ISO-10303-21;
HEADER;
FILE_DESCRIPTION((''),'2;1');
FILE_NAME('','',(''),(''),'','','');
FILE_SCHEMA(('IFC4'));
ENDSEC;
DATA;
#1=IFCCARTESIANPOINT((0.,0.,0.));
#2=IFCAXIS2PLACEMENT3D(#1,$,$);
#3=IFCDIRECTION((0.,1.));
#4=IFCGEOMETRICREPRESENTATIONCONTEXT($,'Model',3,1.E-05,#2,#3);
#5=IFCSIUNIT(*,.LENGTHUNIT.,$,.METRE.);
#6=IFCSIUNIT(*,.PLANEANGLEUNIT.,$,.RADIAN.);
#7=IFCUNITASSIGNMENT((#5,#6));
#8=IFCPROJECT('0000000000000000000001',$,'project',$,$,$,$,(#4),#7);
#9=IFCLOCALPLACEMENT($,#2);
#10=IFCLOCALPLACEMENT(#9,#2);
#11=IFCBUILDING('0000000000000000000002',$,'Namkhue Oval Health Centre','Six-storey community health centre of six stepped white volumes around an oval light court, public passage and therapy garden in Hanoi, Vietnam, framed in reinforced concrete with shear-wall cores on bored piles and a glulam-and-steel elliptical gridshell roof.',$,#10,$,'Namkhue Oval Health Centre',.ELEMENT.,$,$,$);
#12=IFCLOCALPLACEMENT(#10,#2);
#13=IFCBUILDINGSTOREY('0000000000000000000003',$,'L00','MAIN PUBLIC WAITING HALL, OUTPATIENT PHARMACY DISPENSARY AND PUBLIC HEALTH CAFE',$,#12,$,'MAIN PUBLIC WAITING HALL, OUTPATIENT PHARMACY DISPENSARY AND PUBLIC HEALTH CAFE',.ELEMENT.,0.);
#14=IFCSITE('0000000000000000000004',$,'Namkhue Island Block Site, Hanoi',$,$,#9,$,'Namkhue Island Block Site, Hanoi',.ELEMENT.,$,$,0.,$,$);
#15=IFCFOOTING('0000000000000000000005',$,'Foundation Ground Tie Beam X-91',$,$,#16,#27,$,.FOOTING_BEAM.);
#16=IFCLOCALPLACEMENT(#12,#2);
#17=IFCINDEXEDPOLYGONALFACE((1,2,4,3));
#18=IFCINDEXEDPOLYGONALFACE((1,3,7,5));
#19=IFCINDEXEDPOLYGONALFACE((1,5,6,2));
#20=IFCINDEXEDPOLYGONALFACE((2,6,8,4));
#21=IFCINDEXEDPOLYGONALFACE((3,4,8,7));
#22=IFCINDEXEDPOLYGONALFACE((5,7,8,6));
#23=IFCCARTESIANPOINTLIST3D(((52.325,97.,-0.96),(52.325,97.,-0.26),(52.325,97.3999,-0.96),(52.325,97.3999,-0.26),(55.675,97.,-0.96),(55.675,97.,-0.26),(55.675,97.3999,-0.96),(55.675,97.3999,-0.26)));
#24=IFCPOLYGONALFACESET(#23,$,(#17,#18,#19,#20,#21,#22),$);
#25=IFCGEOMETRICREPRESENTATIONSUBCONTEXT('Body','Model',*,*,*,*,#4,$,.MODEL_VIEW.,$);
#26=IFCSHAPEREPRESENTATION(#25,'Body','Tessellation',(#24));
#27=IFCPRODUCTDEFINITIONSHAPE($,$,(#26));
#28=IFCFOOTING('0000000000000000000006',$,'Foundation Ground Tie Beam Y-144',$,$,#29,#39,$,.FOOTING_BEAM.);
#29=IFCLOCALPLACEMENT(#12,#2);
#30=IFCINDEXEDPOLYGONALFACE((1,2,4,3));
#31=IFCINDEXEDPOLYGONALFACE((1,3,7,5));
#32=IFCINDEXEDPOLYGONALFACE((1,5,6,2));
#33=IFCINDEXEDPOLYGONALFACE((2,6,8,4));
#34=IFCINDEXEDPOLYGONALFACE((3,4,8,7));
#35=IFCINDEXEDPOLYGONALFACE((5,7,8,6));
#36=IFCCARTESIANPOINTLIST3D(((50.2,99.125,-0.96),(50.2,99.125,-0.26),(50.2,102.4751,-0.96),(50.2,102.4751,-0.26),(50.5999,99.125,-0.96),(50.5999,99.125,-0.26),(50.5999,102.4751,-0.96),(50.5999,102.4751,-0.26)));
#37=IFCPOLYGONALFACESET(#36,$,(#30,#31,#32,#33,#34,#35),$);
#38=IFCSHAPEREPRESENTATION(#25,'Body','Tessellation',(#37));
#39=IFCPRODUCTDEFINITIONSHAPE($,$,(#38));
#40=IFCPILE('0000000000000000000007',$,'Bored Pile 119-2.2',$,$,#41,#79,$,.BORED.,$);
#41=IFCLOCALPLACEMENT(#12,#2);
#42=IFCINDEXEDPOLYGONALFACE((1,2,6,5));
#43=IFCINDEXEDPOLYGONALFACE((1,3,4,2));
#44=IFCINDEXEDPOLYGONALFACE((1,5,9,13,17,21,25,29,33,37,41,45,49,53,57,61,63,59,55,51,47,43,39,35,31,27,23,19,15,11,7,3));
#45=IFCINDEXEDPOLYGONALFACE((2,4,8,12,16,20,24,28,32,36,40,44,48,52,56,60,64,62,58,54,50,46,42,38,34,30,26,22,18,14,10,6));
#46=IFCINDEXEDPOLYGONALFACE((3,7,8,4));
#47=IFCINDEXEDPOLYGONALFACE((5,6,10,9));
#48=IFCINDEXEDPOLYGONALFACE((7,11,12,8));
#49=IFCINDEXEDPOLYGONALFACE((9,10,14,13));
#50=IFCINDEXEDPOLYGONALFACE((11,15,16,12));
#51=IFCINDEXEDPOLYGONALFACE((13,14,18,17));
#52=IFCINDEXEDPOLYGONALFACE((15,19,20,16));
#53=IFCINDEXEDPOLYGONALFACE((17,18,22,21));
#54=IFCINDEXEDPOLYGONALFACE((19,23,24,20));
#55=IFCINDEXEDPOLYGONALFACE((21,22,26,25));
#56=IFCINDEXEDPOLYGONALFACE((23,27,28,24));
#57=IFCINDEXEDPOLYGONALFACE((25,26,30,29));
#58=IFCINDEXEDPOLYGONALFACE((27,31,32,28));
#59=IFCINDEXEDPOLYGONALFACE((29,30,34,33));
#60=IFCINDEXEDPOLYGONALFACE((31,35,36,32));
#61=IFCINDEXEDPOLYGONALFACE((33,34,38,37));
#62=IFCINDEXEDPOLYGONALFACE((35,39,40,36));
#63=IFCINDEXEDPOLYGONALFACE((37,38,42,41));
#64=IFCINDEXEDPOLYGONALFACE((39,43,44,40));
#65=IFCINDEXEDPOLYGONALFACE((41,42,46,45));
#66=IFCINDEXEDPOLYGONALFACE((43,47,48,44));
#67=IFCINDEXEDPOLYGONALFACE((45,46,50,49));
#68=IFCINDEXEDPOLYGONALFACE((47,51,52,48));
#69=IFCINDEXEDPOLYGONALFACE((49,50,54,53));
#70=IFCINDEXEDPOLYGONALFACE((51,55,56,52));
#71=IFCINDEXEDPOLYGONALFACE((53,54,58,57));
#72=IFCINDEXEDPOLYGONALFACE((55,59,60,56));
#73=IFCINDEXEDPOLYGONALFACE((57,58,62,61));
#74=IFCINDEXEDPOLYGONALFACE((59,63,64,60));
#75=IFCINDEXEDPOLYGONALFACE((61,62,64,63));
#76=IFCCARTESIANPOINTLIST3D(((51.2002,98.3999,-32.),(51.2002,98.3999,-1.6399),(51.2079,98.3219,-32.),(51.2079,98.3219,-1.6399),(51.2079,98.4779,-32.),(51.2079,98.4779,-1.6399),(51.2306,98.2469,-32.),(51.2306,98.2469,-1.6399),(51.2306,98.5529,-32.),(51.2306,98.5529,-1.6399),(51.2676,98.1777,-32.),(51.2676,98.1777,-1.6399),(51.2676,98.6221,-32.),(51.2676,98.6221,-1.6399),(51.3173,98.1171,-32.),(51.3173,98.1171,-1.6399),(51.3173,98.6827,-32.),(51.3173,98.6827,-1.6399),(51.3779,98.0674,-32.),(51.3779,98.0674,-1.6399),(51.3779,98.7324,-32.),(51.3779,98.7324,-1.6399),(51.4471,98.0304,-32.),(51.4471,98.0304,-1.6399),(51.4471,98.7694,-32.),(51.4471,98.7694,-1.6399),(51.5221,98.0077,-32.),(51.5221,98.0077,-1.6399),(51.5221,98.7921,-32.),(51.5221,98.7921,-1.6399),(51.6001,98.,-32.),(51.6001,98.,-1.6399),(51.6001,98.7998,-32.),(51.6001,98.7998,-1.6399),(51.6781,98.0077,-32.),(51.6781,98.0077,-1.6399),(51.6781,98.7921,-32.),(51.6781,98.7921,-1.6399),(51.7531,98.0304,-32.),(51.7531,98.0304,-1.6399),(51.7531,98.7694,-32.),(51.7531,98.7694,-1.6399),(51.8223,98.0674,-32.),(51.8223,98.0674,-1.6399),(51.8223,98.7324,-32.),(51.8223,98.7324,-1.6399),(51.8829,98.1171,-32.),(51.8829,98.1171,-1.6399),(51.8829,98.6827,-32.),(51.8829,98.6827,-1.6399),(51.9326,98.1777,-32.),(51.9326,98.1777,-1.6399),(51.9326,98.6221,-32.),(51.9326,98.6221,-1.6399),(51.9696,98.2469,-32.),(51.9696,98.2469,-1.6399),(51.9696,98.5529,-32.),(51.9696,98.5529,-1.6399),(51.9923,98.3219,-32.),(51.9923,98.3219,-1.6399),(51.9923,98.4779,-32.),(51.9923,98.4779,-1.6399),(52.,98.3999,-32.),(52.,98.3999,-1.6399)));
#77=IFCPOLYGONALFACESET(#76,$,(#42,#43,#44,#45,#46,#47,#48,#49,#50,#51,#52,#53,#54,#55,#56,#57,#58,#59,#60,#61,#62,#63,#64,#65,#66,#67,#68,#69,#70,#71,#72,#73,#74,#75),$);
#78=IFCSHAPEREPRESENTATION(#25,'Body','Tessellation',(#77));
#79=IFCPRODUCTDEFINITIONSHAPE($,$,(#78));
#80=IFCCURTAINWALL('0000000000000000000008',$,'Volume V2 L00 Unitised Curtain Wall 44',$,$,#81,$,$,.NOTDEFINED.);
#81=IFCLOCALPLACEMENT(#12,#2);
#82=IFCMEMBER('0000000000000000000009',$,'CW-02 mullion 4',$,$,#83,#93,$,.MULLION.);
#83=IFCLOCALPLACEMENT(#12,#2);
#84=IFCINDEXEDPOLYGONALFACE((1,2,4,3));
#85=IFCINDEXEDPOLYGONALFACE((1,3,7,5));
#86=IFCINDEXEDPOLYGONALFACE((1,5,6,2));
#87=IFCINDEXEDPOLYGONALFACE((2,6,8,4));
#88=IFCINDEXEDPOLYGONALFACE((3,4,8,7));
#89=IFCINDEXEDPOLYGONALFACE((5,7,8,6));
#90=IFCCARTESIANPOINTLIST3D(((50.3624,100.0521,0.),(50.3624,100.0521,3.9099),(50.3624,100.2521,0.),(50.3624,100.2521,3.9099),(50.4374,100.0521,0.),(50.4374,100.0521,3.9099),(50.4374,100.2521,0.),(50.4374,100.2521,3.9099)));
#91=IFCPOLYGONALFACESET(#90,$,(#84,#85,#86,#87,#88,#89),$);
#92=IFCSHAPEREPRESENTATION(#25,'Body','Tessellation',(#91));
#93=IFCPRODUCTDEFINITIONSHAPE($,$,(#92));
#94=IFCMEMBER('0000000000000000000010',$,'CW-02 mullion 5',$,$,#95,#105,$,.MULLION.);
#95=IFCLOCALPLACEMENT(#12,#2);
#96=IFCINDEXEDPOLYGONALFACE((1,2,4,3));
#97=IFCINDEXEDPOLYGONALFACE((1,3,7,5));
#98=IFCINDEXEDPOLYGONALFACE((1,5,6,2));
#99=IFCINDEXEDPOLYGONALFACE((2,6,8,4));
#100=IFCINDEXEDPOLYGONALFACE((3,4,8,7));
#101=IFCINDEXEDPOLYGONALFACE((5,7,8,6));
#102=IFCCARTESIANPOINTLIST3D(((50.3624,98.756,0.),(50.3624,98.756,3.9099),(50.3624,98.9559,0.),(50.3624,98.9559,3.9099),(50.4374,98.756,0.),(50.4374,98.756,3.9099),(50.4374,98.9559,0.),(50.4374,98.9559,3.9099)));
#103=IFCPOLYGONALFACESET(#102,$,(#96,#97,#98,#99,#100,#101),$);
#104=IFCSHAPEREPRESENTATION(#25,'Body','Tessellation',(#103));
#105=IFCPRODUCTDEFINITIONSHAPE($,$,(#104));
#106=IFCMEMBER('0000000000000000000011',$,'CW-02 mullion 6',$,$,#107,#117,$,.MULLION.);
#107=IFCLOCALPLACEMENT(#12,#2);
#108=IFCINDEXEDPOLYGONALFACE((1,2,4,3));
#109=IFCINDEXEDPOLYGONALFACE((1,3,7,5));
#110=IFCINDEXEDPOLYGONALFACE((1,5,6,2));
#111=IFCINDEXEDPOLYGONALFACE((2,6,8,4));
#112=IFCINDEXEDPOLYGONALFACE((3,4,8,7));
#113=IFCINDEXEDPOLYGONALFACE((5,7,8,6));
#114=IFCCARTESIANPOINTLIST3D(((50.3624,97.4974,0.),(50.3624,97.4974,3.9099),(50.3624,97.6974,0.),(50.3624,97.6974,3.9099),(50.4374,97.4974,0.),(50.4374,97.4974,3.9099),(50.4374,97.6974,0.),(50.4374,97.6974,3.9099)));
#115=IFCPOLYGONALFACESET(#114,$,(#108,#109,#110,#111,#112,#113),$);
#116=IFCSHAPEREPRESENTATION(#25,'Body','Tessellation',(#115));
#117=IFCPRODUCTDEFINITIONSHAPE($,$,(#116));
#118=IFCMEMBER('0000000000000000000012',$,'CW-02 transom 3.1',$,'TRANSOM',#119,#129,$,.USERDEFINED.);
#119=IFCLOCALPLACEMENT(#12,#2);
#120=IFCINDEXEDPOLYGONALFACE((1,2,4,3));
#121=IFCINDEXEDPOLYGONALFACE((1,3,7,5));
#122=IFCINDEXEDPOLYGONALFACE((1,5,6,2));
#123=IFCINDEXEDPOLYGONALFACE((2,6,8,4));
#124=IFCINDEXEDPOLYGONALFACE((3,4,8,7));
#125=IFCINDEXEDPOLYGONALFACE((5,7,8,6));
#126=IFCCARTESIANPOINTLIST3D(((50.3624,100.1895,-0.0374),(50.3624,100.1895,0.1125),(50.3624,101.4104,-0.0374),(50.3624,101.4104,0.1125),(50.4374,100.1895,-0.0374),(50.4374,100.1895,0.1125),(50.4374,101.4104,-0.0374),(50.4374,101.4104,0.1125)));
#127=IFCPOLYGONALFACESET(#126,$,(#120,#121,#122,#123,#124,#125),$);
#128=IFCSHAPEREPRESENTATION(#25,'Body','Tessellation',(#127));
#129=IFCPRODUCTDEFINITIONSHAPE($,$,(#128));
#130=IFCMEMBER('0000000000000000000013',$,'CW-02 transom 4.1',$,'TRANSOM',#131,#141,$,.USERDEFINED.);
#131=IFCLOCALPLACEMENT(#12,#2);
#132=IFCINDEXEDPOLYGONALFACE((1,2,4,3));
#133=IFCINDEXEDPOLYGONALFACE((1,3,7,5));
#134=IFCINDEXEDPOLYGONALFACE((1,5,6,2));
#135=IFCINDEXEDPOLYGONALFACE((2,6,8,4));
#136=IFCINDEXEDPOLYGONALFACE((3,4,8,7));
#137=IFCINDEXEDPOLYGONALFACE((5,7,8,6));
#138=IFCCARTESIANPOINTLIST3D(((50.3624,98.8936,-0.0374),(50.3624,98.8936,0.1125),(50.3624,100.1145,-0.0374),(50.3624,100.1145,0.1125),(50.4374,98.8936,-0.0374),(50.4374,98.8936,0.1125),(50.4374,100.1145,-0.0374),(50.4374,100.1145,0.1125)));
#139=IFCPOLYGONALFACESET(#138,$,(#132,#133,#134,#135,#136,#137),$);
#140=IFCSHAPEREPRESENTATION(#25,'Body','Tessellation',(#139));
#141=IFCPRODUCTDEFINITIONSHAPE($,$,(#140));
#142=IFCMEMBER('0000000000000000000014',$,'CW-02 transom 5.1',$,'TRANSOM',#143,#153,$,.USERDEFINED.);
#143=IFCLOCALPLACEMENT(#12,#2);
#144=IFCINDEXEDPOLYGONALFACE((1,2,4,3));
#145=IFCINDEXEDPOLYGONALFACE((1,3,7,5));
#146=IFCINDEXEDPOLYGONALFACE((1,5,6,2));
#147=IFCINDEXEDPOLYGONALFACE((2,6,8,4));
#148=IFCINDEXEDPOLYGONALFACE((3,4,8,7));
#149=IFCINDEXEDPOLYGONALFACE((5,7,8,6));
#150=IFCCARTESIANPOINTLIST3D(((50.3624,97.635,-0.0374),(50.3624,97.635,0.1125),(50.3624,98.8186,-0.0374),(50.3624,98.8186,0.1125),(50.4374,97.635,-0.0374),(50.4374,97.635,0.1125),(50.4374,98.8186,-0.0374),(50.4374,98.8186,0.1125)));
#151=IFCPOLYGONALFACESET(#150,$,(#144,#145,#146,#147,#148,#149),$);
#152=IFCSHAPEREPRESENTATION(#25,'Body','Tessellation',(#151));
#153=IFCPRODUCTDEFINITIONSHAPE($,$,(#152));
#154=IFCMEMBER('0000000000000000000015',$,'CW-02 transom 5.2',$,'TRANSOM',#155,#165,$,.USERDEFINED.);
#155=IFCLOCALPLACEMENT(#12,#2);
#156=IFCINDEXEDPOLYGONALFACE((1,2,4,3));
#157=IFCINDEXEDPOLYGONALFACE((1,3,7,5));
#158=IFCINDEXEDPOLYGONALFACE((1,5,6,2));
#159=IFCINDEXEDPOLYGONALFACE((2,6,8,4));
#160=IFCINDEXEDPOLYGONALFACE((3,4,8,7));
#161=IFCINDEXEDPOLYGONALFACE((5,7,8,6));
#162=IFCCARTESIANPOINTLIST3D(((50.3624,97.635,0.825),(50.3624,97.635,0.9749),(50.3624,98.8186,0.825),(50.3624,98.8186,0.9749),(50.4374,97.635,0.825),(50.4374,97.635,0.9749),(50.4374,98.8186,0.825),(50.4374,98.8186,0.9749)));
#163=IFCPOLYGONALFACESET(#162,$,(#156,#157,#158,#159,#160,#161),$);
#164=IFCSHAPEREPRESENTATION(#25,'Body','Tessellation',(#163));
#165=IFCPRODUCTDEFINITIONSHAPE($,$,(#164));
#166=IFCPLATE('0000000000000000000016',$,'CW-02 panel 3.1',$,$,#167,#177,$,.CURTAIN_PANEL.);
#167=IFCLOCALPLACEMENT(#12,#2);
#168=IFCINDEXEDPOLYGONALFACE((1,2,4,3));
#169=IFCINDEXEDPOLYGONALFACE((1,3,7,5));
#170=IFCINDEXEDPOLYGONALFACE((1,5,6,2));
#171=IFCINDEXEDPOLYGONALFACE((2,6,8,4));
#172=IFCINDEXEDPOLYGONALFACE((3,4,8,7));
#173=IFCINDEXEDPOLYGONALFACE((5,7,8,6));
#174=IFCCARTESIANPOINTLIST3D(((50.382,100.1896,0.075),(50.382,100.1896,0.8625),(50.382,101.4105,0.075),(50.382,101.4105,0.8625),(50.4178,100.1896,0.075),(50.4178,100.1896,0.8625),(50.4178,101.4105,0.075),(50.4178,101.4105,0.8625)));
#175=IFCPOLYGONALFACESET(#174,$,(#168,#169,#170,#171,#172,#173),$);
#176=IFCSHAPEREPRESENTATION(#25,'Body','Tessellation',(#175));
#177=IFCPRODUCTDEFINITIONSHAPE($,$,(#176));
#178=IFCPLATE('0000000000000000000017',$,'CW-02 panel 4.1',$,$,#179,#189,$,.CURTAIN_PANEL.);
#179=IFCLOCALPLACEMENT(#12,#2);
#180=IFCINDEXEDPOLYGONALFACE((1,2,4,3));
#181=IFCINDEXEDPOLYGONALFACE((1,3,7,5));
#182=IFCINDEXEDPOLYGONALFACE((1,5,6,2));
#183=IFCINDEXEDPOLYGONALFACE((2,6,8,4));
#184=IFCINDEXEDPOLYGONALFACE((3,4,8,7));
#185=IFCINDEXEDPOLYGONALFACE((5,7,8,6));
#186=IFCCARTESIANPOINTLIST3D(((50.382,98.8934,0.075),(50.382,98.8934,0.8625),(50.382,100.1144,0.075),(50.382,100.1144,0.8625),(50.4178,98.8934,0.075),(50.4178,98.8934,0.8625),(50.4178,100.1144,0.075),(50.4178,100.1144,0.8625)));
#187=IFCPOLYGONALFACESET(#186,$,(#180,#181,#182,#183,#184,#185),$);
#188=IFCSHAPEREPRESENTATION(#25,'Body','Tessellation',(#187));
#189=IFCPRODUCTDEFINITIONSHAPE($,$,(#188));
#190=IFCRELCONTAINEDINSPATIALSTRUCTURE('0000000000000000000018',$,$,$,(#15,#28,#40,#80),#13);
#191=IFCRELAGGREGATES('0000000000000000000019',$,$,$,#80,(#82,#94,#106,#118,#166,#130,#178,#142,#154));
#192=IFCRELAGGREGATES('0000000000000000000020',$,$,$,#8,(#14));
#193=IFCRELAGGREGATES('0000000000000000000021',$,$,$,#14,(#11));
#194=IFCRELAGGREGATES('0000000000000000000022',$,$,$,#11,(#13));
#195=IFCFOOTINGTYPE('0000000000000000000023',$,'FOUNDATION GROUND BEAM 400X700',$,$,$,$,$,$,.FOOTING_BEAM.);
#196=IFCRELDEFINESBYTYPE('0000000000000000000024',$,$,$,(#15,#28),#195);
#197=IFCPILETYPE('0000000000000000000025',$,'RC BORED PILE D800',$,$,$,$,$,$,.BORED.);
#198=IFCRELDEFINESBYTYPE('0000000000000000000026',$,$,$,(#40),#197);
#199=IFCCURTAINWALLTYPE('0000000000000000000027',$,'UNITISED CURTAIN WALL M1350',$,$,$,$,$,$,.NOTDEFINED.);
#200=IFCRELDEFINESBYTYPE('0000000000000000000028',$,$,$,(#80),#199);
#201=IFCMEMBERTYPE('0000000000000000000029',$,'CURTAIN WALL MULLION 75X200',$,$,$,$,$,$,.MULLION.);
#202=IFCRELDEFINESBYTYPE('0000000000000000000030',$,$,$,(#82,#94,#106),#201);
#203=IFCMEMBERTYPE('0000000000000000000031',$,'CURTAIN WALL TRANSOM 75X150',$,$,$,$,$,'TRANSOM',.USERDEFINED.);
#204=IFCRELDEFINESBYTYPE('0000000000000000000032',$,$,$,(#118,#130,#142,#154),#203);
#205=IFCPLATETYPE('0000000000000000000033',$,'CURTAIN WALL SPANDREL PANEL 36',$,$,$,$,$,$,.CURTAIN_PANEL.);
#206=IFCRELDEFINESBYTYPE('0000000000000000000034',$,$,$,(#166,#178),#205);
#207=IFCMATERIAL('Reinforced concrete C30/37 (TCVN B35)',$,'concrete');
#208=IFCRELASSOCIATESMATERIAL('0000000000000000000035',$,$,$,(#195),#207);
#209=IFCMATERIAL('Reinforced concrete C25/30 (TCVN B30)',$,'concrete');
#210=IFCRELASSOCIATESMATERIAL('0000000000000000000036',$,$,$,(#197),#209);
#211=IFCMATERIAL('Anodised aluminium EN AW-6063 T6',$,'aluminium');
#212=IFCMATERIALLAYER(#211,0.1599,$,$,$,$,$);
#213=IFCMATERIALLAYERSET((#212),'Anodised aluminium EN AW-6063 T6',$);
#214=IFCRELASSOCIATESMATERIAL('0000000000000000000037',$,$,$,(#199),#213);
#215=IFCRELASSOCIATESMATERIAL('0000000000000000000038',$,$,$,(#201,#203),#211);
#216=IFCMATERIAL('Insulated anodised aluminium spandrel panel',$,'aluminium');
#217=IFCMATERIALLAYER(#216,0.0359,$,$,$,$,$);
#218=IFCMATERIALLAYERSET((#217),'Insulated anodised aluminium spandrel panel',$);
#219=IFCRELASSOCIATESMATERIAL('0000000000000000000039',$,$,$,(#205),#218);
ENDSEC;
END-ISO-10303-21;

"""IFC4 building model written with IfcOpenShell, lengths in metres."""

from ifc_helpers import new_model, si_unit, direction, frame, origin, origin_2d, place, context, subcontext, project, spatial, rectangle, circle, extrude, material, layer, layer_set, material_profile, profile_set, type_object, element, aggregate, save


model = new_model("IFC4")

# Units and contexts
model_context = context("Model", 3, precision=1e-05, world=origin(), true_north=direction((0.0, 1.0)))
body_context = subcontext(model_context, "Body", "Model", "MODEL_VIEW")
ifc_project = project(units=[si_unit("LENGTHUNIT", "METRE"), si_unit("PLANEANGLEUNIT", "RADIAN")], contexts=[model_context])

# Site, building, storey
site_placement = place(None, origin())
site = spatial("IfcSite", under=ifc_project, at=site_placement, Name="Namkhue Island Block Site, Hanoi", LongName="Namkhue Island Block Site, Hanoi", CompositionType="ELEMENT", RefElevation=0.0)
building_placement = place(site_placement, origin())
building = spatial("IfcBuilding", under=site, at=building_placement, Name="Namkhue Oval Health Centre", Description="Six-storey community health centre of six stepped white volumes around an oval light court, public passage and therapy garden in Hanoi, Vietnam, framed in reinforced concrete with shear-wall cores on bored piles and a glulam-and-steel elliptical gridshell roof.", LongName="Namkhue Oval Health Centre", CompositionType="ELEMENT")
storey_placement = place(building_placement, origin())
storey = spatial("IfcBuildingStorey", under=building, at=storey_placement, Name="L00", Description="MAIN PUBLIC WAITING HALL, OUTPATIENT PHARMACY DISPENSARY AND PUBLIC HEALTH CAFE", LongName="MAIN PUBLIC WAITING HALL, OUTPATIENT PHARMACY DISPENSARY AND PUBLIC HEALTH CAFE", CompositionType="ELEMENT", Elevation=0.0)

# Footings
ifc_material_1 = material(Name="Reinforced concrete C30/37 (TCVN B35)", Category="concrete")
footing_type = type_object("IfcFootingType", Name="FOUNDATION GROUND BEAM 400X700", PredefinedType="FOOTING_BEAM", material=ifc_material_1)
for number, where, z_axis, x_axis, name in (
    (1, (54.0, 97.2, -0.96), (0.0, 0.0, 1.0), (1.0, 0.0, 0.0), "Foundation Ground Tie Beam X-91"),
    (2, (50.3999, 100.8, -0.96), (0.0, 0.0, 1.0), (0.0, 1.0, 0.0), "Foundation Ground Tie Beam Y-144"),
):
    element("IfcFooting", number, at=place(storey_placement, frame(where, z_axis=z_axis, x_axis=x_axis)), inside=storey, type_object=footing_type, Name=name, PredefinedType="FOOTING_BEAM", context=body_context, shape_type="SweptSolid", body=[
        extrude(rectangle(XDim=3.3501, YDim=0.3999, at=origin_2d()), origin(), (0.0, 0.0, 1.0), 0.7),
    ])

# Pile
ifc_material_2 = material(Name="Reinforced concrete C25/30 (TCVN B30)", Category="concrete")
ifc_material_profile_1 = material_profile(ifc_material_2, circle(Radius=0.3999, at=origin_2d()), Name="BORED PILE D800")
ifc_profile_set_1 = profile_set([ifc_material_profile_1], Name="Reinforced concrete C25/30 (TCVN B30)")
pile_type = type_object("IfcPileType", Name="RC BORED PILE D800", PredefinedType="BORED", material=ifc_profile_set_1)
pile_placement = place(storey_placement, frame((51.6001, 98.3999, -1.6399), z_axis=(0.0, 0.0, -1.0), x_axis=(1.0, 0.0, 0.0)))
element("IfcPile", 3, at=pile_placement, inside=storey, type_object=pile_type, Name="Bored Pile 119-2.2", PredefinedType="BORED", context=body_context, shape_type="SweptSolid", body=[
    extrude(circle(Radius=0.3999, at=origin_2d()), origin(), (0.0, 0.0, 1.0), 30.3601),
])

# Curtain wall, members, plates
ifc_material_3 = material(Name="Anodised aluminium EN AW-6063 T6", Category="aluminium")
ifc_layer_1 = layer(ifc_material_3, 0.1599)
ifc_layer_set_1 = layer_set([ifc_layer_1], Name="Anodised aluminium EN AW-6063 T6")
curtain_wall_type = type_object("IfcCurtainWallType", Name="UNITISED CURTAIN WALL M1350", PredefinedType="NOTDEFINED", material=ifc_layer_set_1)
curtain_wall_placement = place(storey_placement, origin())
curtain_wall = element("IfcCurtainWall", 4, at=curtain_wall_placement, inside=storey, type_object=curtain_wall_type, Name="Volume V2 L00 Unitised Curtain Wall 44", PredefinedType="NOTDEFINED")
ifc_material_profile_2 = material_profile(ifc_material_3, rectangle(XDim=0.075, YDim=0.2, at=origin_2d()), Name="ALU 75x200")
ifc_profile_set_2 = profile_set([ifc_material_profile_2], Name="Anodised aluminium EN AW-6063 T6")
member_type_1 = type_object("IfcMemberType", Name="CURTAIN WALL MULLION 75X200", PredefinedType="MULLION", material=ifc_profile_set_2)
member_1_placement = place(storey_placement, frame((50.3999, 100.1521, 0.0), z_axis=(0.0, 0.0, 1.0), x_axis=(1.0, 0.0, 0.0)))
member_1 = element("IfcMember", 5, at=member_1_placement, type_object=member_type_1, Name="CW-02 mullion 4", PredefinedType="MULLION", context=body_context, shape_type="SweptSolid", body=[
    extrude(rectangle(XDim=0.075, YDim=0.2, at=origin_2d()), origin(), (0.0, 0.0, 1.0), 3.9099),
])
member_2_placement = place(storey_placement, frame((50.3999, 98.856, 0.0), z_axis=(0.0, 0.0, 1.0), x_axis=(1.0, 0.0, 0.0)))
member_2 = element("IfcMember", 6, at=member_2_placement, type_object=member_type_1, Name="CW-02 mullion 5", PredefinedType="MULLION", context=body_context, shape_type="SweptSolid", body=[
    extrude(rectangle(XDim=0.075, YDim=0.2, at=origin_2d()), origin(), (0.0, 0.0, 1.0), 3.9099),
])
member_3_placement = place(storey_placement, frame((50.3999, 97.5974, 0.0), z_axis=(0.0, 0.0, 1.0), x_axis=(1.0, 0.0, 0.0)))
member_3 = element("IfcMember", 7, at=member_3_placement, type_object=member_type_1, Name="CW-02 mullion 6", PredefinedType="MULLION", context=body_context, shape_type="SweptSolid", body=[
    extrude(rectangle(XDim=0.075, YDim=0.2, at=origin_2d()), origin(), (0.0, 0.0, 1.0), 3.9099),
])
ifc_material_profile_3 = material_profile(ifc_material_3, rectangle(XDim=0.075, YDim=0.1499, at=origin_2d()), Name="ALU 75x150")
ifc_profile_set_3 = profile_set([ifc_material_profile_3], Name="Anodised aluminium EN AW-6063 T6")
member_type_2 = type_object("IfcMemberType", Name="CURTAIN WALL TRANSOM 75X150", ElementType="TRANSOM", PredefinedType="USERDEFINED", material=ifc_profile_set_3)
member_4_placement = place(storey_placement, frame((50.3999, 101.4104, 0.0376), z_axis=(0.0, -1.0, 0.0), x_axis=(1.0, 0.0, 0.0)))
member_4 = element("IfcMember", 8, at=member_4_placement, type_object=member_type_2, Name="CW-02 transom 3.1", ObjectType="TRANSOM", PredefinedType="USERDEFINED", context=body_context, shape_type="SweptSolid", body=[
    extrude(rectangle(XDim=0.075, YDim=0.1499, at=origin_2d()), origin(), (0.0, 0.0, 1.0), 1.2209),
])
member_5_placement = place(storey_placement, frame((50.3999, 100.1145, 0.0376), z_axis=(0.0, -1.0, 0.0), x_axis=(1.0, 0.0, 0.0)))
member_5 = element("IfcMember", 9, at=member_5_placement, type_object=member_type_2, Name="CW-02 transom 4.1", ObjectType="TRANSOM", PredefinedType="USERDEFINED", context=body_context, shape_type="SweptSolid", body=[
    extrude(rectangle(XDim=0.075, YDim=0.1499, at=origin_2d()), origin(), (0.0, 0.0, 1.0), 1.2209),
])
member_6_placement = place(storey_placement, frame((50.3999, 98.8186, 0.0376), z_axis=(0.0, -1.0, 0.0), x_axis=(1.0, 0.0, 0.0)))
member_6 = element("IfcMember", 10, at=member_6_placement, type_object=member_type_2, Name="CW-02 transom 5.1", ObjectType="TRANSOM", PredefinedType="USERDEFINED", context=body_context, shape_type="SweptSolid", body=[
    extrude(rectangle(XDim=0.075, YDim=0.1499, at=origin_2d()), origin(), (0.0, 0.0, 1.0), 1.1836),
])
member_7_placement = place(storey_placement, frame((50.3999, 98.8186, 0.8999), z_axis=(0.0, -1.0, 0.0), x_axis=(1.0, 0.0, 0.0)))
member_7 = element("IfcMember", 11, at=member_7_placement, type_object=member_type_2, Name="CW-02 transom 5.2", ObjectType="TRANSOM", PredefinedType="USERDEFINED", context=body_context, shape_type="SweptSolid", body=[
    extrude(rectangle(XDim=0.075, YDim=0.1499, at=origin_2d()), origin(), (0.0, 0.0, 1.0), 1.1836),
])
ifc_material_4 = material(Name="Insulated anodised aluminium spandrel panel", Category="aluminium")
ifc_layer_2 = layer(ifc_material_4, 0.0359)
ifc_layer_set_2 = layer_set([ifc_layer_2], Name="Insulated anodised aluminium spandrel panel")
plate_type = type_object("IfcPlateType", Name="CURTAIN WALL SPANDREL PANEL 36", PredefinedType="CURTAIN_PANEL", material=ifc_layer_set_2)
plate_1_placement = place(storey_placement, frame((50.3999, 100.8, 0.075), z_axis=(0.0, 0.0, 1.0), x_axis=(0.0, -1.0, 0.0)))
plate_1 = element("IfcPlate", 12, at=plate_1_placement, type_object=plate_type, Name="CW-02 panel 3.1", PredefinedType="CURTAIN_PANEL", context=body_context, shape_type="SweptSolid", body=[
    extrude(rectangle(XDim=1.2209, YDim=0.0359, at=origin_2d()), origin(), (0.0, 0.0, 1.0), 0.7876),
])
plate_2_placement = place(storey_placement, frame((50.3999, 99.5039, 0.075), z_axis=(0.0, 0.0, 1.0), x_axis=(0.0, -1.0, 0.0)))
plate_2 = element("IfcPlate", 13, at=plate_2_placement, type_object=plate_type, Name="CW-02 panel 4.1", PredefinedType="CURTAIN_PANEL", context=body_context, shape_type="SweptSolid", body=[
    extrude(rectangle(XDim=1.2209, YDim=0.0359, at=origin_2d()), origin(), (0.0, 0.0, 1.0), 0.7876),
])
aggregate(curtain_wall, [member_1, member_2, member_3, member_4, plate_1, member_5, plate_2, member_6, member_7])

save(model, "model.ifc")
